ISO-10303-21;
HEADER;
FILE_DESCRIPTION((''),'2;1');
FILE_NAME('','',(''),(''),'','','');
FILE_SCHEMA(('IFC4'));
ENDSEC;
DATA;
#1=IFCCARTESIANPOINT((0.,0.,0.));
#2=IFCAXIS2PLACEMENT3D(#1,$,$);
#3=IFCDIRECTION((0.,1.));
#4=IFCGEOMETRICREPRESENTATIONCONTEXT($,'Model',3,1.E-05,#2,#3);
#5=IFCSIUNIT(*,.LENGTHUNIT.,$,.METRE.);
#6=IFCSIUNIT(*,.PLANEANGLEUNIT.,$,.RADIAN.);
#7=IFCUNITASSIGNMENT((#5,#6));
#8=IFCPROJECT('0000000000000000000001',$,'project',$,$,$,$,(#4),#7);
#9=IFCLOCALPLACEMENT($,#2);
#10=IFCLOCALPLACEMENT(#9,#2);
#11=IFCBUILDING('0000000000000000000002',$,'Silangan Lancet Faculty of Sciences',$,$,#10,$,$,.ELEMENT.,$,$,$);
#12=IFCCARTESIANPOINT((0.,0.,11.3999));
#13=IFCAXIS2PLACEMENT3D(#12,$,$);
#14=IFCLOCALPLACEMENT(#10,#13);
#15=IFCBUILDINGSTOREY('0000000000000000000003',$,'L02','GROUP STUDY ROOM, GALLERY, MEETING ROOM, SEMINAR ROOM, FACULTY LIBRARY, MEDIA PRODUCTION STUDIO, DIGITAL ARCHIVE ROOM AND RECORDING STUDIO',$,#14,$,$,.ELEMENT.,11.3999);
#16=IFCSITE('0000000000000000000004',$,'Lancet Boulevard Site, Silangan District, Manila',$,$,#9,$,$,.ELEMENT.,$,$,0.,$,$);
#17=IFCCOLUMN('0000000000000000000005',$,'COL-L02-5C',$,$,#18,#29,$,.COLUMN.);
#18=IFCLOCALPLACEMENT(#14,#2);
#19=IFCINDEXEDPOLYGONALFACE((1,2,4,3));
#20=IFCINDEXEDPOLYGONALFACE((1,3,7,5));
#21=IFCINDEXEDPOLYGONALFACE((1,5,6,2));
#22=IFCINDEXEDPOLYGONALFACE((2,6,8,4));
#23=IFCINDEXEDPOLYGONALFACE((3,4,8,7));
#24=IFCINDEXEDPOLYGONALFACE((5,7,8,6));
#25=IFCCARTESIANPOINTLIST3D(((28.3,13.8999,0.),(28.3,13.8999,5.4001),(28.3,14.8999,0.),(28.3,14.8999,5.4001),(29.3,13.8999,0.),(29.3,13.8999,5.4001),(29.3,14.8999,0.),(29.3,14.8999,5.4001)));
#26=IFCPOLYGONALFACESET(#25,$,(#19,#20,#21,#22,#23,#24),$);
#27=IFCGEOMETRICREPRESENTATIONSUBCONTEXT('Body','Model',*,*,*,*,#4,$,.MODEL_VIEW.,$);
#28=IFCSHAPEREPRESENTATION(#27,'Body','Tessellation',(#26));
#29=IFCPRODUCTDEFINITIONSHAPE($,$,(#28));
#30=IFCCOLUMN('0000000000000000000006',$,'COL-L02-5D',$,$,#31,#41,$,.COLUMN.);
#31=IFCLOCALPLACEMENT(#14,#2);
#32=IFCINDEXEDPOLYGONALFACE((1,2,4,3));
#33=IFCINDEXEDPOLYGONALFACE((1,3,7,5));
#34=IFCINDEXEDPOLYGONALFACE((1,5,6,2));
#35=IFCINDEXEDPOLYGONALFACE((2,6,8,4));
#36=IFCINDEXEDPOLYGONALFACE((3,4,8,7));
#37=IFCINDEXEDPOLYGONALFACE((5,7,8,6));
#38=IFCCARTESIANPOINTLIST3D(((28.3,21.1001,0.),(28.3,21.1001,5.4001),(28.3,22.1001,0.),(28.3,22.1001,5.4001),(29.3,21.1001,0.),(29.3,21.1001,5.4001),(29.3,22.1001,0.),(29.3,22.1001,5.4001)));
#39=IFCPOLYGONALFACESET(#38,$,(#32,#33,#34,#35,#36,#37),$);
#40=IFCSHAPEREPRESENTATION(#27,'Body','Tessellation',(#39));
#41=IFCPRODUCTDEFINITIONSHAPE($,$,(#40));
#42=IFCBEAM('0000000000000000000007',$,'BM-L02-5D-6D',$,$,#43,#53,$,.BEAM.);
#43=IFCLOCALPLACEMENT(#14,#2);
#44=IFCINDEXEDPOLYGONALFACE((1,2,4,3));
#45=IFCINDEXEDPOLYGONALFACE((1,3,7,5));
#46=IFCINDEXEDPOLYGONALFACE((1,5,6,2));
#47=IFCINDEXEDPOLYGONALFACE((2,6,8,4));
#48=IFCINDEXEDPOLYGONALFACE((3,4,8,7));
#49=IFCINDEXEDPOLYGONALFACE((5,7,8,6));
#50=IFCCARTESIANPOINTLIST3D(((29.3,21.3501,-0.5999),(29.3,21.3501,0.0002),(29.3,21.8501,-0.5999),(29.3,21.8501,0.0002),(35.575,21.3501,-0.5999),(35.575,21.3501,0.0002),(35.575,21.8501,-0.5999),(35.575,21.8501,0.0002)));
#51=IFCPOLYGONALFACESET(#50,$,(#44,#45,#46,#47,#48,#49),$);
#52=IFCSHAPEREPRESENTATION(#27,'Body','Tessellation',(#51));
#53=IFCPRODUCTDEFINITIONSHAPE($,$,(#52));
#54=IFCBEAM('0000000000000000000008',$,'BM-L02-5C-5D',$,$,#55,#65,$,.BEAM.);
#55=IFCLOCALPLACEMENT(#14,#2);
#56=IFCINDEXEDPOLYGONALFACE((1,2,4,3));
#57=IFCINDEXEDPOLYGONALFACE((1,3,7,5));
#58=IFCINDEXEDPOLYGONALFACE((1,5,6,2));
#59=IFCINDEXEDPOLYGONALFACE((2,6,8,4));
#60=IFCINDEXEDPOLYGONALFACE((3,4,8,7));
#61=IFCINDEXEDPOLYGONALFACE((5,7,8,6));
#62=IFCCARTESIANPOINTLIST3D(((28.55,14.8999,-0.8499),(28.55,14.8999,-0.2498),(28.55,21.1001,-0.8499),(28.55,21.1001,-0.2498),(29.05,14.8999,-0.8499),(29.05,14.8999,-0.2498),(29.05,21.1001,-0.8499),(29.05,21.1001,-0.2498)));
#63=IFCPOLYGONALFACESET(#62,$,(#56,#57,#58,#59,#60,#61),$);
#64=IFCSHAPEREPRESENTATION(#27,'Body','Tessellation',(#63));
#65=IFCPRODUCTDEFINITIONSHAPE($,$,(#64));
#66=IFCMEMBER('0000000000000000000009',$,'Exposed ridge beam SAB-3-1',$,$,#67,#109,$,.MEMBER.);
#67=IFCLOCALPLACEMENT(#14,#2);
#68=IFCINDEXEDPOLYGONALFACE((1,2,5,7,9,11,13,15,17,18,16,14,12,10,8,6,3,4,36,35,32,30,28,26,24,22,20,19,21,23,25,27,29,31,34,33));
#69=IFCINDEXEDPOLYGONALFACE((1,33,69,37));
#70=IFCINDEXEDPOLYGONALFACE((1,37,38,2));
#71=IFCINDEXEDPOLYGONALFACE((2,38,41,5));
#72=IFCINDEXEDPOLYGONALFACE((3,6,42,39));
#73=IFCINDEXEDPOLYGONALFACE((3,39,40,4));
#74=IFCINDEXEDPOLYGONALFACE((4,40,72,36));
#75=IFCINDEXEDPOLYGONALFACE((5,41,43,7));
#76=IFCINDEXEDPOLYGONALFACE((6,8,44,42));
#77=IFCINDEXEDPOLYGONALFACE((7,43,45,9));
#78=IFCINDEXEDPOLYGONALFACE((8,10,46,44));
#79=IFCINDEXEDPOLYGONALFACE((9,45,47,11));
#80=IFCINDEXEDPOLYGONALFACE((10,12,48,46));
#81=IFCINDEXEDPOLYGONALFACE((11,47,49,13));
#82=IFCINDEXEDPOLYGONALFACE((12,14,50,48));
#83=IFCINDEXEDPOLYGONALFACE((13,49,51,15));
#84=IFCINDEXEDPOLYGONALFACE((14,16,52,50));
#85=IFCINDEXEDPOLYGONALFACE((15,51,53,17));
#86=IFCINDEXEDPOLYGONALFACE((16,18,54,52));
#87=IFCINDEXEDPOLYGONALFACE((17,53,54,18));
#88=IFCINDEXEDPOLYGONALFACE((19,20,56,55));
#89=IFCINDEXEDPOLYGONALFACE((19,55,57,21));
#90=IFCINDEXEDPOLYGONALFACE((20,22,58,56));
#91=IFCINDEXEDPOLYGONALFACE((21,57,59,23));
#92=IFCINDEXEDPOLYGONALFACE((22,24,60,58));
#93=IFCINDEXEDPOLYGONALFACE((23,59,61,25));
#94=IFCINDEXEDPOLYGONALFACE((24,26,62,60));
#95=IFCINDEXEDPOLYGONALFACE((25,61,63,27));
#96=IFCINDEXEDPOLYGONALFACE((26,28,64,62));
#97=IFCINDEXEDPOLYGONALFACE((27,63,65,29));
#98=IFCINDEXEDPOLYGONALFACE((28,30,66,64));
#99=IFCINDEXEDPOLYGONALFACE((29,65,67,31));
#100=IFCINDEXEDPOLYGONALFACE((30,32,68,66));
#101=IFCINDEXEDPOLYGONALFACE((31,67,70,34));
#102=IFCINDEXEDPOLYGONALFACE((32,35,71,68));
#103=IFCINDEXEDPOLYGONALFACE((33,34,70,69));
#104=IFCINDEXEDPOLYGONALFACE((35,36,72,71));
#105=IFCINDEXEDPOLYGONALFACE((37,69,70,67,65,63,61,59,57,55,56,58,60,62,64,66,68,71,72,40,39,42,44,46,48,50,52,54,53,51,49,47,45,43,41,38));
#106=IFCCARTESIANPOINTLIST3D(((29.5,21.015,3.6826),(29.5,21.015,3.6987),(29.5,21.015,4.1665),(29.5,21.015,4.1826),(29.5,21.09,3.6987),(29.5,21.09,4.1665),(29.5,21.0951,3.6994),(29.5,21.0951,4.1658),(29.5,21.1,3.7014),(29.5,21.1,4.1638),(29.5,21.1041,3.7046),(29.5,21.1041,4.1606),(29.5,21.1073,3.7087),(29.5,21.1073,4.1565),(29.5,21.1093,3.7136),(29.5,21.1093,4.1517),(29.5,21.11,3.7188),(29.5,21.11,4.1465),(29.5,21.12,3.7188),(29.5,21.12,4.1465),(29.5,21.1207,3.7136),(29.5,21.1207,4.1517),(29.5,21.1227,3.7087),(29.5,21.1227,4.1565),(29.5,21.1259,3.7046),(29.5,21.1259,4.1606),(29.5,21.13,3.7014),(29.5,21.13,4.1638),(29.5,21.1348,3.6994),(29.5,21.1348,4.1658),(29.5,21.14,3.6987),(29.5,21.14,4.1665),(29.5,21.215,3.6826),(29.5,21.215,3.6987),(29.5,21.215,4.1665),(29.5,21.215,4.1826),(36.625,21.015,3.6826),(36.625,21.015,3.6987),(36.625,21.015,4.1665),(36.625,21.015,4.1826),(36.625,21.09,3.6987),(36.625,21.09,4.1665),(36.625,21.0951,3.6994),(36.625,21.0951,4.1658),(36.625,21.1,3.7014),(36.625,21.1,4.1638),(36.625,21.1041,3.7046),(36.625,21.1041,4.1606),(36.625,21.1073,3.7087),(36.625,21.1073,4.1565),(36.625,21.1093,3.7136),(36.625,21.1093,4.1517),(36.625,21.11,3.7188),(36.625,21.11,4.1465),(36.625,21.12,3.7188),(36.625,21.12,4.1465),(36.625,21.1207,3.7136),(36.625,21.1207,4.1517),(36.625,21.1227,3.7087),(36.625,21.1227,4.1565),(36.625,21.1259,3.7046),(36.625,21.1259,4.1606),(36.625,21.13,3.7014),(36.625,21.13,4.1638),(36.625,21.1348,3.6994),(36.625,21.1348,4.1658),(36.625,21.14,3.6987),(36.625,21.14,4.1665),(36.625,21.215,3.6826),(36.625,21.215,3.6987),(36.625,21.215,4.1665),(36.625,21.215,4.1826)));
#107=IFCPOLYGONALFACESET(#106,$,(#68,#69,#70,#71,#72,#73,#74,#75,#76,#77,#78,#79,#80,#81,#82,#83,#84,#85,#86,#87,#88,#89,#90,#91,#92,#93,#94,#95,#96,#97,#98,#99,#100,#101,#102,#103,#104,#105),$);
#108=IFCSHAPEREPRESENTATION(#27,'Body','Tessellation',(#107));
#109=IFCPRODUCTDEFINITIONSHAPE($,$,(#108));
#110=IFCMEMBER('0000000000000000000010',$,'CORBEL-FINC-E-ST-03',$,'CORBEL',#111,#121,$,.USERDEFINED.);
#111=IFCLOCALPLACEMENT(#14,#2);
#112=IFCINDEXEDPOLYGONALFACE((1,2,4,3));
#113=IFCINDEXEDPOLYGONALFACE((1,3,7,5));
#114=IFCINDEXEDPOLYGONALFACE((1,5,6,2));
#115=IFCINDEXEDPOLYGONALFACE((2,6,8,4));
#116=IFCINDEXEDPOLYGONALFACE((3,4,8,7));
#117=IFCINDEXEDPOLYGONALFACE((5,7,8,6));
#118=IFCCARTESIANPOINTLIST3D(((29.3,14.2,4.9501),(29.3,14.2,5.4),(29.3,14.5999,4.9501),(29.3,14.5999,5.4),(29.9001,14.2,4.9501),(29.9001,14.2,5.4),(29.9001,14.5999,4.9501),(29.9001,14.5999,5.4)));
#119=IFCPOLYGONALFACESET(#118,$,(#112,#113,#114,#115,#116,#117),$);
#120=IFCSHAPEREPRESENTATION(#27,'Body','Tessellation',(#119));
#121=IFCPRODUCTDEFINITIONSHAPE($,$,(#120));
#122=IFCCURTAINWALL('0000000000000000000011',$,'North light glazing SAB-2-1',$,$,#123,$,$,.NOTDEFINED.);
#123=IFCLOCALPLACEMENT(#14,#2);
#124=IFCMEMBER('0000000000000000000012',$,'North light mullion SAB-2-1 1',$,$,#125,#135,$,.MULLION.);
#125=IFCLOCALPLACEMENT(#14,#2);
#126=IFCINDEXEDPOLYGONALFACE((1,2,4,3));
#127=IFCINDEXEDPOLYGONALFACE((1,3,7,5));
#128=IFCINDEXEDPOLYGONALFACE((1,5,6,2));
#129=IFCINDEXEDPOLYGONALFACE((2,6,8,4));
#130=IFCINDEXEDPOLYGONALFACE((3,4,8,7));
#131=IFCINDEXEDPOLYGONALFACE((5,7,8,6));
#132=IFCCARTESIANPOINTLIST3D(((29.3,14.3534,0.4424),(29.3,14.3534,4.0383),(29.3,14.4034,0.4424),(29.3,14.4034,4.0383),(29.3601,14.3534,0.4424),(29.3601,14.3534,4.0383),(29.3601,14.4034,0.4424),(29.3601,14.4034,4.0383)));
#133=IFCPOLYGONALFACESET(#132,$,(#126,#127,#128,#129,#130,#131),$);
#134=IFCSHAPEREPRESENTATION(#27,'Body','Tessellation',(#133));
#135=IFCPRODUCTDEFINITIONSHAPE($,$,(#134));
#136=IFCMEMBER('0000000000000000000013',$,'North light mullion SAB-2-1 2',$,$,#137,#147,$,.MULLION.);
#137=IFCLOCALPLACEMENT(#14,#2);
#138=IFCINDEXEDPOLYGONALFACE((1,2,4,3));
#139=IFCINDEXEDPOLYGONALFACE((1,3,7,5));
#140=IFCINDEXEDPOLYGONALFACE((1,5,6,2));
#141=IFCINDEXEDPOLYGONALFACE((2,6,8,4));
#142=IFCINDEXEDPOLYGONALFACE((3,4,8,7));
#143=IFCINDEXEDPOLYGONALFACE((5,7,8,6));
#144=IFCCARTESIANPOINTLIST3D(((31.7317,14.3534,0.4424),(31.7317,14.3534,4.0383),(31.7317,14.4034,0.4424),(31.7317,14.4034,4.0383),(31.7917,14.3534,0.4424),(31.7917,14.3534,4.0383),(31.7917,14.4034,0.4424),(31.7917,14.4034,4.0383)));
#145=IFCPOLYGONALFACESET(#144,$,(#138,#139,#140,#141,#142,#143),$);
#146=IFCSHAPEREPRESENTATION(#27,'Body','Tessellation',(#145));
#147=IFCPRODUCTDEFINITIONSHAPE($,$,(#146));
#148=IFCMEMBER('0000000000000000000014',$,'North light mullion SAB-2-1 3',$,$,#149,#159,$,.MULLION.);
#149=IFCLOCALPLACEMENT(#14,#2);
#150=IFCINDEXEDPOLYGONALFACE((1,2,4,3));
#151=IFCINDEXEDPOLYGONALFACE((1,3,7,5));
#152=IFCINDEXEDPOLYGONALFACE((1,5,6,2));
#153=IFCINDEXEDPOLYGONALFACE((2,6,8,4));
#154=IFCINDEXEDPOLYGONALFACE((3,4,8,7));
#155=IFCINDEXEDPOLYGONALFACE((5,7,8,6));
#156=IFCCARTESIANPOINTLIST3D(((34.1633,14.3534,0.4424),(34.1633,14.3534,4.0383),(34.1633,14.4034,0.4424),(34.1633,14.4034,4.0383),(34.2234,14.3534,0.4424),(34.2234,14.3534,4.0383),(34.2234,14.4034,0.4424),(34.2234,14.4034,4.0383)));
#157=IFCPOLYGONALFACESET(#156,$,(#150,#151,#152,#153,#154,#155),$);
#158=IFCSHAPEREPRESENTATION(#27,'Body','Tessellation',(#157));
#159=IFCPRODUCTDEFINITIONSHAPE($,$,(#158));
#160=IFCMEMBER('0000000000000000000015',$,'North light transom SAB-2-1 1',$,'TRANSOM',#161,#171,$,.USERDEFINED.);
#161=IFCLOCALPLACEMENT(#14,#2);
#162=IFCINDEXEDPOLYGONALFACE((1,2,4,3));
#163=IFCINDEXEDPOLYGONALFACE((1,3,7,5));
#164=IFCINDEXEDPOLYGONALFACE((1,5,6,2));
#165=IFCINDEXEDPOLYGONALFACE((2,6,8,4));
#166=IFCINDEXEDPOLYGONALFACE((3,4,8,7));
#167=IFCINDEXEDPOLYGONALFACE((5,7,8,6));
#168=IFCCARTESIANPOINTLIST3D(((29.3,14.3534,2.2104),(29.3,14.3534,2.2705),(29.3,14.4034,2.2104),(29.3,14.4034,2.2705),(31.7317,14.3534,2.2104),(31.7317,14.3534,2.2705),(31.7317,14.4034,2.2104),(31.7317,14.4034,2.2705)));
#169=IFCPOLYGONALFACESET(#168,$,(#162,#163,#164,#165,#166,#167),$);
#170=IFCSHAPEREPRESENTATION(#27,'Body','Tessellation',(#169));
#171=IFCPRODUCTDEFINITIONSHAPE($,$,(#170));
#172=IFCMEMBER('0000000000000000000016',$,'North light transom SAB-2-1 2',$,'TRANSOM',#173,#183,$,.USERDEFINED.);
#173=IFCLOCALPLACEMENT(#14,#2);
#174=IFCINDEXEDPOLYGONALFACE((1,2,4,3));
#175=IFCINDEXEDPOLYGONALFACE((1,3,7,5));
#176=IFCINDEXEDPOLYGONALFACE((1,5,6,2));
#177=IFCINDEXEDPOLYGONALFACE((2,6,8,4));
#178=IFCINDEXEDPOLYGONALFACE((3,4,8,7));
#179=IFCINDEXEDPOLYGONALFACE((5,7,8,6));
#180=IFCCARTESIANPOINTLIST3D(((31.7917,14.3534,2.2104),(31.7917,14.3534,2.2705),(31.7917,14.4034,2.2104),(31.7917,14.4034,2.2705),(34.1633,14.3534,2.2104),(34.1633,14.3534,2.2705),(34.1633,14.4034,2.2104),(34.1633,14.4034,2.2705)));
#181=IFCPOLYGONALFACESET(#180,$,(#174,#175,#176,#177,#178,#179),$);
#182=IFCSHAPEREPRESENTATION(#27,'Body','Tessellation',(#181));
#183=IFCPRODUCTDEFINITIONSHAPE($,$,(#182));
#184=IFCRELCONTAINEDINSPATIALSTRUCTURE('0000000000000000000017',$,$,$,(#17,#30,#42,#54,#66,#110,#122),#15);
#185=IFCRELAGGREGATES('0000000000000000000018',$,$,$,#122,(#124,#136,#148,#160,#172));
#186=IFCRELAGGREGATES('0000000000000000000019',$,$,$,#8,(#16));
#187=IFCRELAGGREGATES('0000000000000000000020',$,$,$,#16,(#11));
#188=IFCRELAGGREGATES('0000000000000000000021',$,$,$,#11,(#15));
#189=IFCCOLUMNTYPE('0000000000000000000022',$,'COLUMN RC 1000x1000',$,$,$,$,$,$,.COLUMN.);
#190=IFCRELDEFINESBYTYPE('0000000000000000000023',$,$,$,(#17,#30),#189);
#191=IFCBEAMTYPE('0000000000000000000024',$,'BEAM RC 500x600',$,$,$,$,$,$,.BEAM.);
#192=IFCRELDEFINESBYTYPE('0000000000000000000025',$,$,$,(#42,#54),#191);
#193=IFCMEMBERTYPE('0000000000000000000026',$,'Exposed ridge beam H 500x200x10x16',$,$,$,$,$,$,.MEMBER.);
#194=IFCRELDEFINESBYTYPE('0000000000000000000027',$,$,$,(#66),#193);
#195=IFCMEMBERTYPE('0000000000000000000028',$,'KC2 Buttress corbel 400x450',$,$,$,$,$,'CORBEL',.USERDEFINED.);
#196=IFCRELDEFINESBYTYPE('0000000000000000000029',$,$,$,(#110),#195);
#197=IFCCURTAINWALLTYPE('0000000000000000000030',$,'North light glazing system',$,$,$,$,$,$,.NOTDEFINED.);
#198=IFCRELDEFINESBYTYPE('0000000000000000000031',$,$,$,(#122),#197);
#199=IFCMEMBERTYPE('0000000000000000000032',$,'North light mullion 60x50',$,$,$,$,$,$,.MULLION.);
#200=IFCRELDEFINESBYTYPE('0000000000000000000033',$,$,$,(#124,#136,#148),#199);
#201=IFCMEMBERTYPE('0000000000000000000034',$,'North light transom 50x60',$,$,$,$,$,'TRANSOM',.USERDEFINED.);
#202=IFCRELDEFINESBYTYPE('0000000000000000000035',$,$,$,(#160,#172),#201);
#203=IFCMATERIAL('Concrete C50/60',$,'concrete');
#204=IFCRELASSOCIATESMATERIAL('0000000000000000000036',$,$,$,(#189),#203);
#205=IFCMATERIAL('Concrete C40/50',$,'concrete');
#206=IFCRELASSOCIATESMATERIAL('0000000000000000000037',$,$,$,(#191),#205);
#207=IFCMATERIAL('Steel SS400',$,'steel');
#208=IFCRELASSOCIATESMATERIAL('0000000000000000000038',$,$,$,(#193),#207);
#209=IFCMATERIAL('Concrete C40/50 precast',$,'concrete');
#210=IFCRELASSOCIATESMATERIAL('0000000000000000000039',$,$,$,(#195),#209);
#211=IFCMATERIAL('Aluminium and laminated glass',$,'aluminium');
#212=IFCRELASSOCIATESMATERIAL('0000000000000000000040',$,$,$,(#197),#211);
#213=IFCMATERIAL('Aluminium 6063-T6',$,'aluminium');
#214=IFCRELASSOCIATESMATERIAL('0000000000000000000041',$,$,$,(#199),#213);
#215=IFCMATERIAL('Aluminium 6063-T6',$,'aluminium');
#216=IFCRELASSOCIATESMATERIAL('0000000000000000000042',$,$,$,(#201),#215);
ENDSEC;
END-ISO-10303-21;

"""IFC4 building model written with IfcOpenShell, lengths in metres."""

from ifc_helpers import new_model, si_unit, direction, frame, origin, origin_2d, place, context, subcontext, project, spatial, rectangle, i_section, extrude, material, material_profile, profile_set, type_object, element, aggregate, save


model = new_model("IFC4")

# Units and contexts
model_context = context("Model", 3, precision=1e-05, world=origin(), true_north=direction((0.0, 1.0)))
body_context = subcontext(model_context, "Body", "Model", "MODEL_VIEW")
ifc_project = project(units=[si_unit("LENGTHUNIT", "METRE"), si_unit("PLANEANGLEUNIT", "RADIAN")], contexts=[model_context])

# Site, building, storey
site_placement = place(None, origin())
site = spatial("IfcSite", under=ifc_project, at=site_placement, Name="Lancet Boulevard Site, Silangan District, Manila", CompositionType="ELEMENT", RefElevation=0.0)
building_placement = place(site_placement, origin())
building = spatial("IfcBuilding", under=site, at=building_placement, Name="Silangan Lancet Faculty of Sciences", CompositionType="ELEMENT")
storey_placement = place(building_placement, frame((0.0, 0.0, 11.3999)))
storey = spatial("IfcBuildingStorey", under=building, at=storey_placement, Name="L02", Description="GROUP STUDY ROOM, GALLERY, MEETING ROOM, SEMINAR ROOM, FACULTY LIBRARY, MEDIA PRODUCTION STUDIO, DIGITAL ARCHIVE ROOM AND RECORDING STUDIO", CompositionType="ELEMENT", Elevation=11.3999)

# Columns
ifc_material_1 = material(Name="Concrete C50/60", Category="concrete")
ifc_material_profile_1 = material_profile(ifc_material_1, rectangle(XDim=1.0, YDim=1.0, at=origin_2d()), Name="RC 1000x1000")
ifc_profile_set_1 = profile_set([ifc_material_profile_1], Name="Concrete C50/60")
column_type = type_object("IfcColumnType", Name="COLUMN RC 1000x1000", PredefinedType="COLUMN", material=ifc_profile_set_1)
for number, where, z_axis, x_axis, name in (
    (1, (28.8, 14.3999, 0.0), (0.0, 0.0, 1.0), (1.0, 0.0, 0.0), "COL-L02-5C"),
    (2, (28.8, 21.6001, 0.0), (0.0, 0.0, 1.0), (1.0, 0.0, 0.0), "COL-L02-5D"),
):
    element("IfcColumn", number, at=place(storey_placement, frame(where, z_axis=z_axis, x_axis=x_axis)), inside=storey, type_object=column_type, Name=name, PredefinedType="COLUMN", context=body_context, shape_type="SweptSolid", body=[
        extrude(rectangle(XDim=1.0, YDim=1.0, at=origin_2d()), origin(), (0.0, 0.0, 1.0), 5.4001),
    ])

# Beams
ifc_material_2 = material(Name="Concrete C40/50", Category="concrete")
ifc_material_profile_2 = material_profile(ifc_material_2, rectangle(XDim=0.5, YDim=0.6001, at=origin_2d()), Name="RC 500x600")
ifc_profile_set_2 = profile_set([ifc_material_profile_2], Name="Concrete C40/50")
beam_type = type_object("IfcBeamType", Name="BEAM RC 500x600", PredefinedType="BEAM", material=ifc_profile_set_2)
beam_1_placement = place(storey_placement, frame((29.3, 21.6001, -0.2998), z_axis=(1.0, 0.0, 0.0), x_axis=(0.0, 1.0, 0.0)))
element("IfcBeam", 3, at=beam_1_placement, inside=storey, type_object=beam_type, Name="BM-L02-5D-6D", PredefinedType="BEAM", context=body_context, shape_type="SweptSolid", body=[
    extrude(rectangle(XDim=0.5, YDim=0.6001, at=origin_2d()), origin(), (0.0, 0.0, 1.0), 6.2749),
])
beam_2_placement = place(storey_placement, frame((28.8, 14.8999, -0.5498), z_axis=(0.0, 1.0, 0.0), x_axis=(-1.0, 0.0, 0.0)))
element("IfcBeam", 4, at=beam_2_placement, inside=storey, type_object=beam_type, Name="BM-L02-5C-5D", PredefinedType="BEAM", context=body_context, shape_type="SweptSolid", body=[
    extrude(rectangle(XDim=0.5, YDim=0.6001, at=origin_2d()), origin(), (0.0, 0.0, 1.0), 6.2002),
])

# Members
ifc_material_3 = material(Name="Steel SS400", Category="steel")
ifc_material_profile_3 = material_profile(ifc_material_3, i_section(OverallWidth=0.2, OverallDepth=0.5, WebThickness=0.01, FlangeThickness=0.0161, FilletRadius=0.02, at=origin_2d()), Name="H 500x200x10x16")
ifc_profile_set_3 = profile_set([ifc_material_profile_3], Name="Steel SS400")
member_type_1 = type_object("IfcMemberType", Name="Exposed ridge beam H 500x200x10x16", PredefinedType="MEMBER", material=ifc_profile_set_3)
member_1_placement = place(storey_placement, frame((29.5, 21.115, 3.9326), z_axis=(1.0, 0.0, 0.0), x_axis=(0.0, 1.0, 0.0)))
element("IfcMember", 5, at=member_1_placement, inside=storey, type_object=member_type_1, Name="Exposed ridge beam SAB-3-1", PredefinedType="MEMBER", context=body_context, shape_type="SweptSolid", body=[
    extrude(i_section(OverallWidth=0.2, OverallDepth=0.5, WebThickness=0.01, FlangeThickness=0.0161, FilletRadius=0.02, at=origin_2d()), origin(), (0.0, 0.0, 1.0), 7.125),
])
ifc_material_4 = material(Name="Concrete C40/50 precast", Category="concrete")
ifc_material_profile_4 = material_profile(ifc_material_4, rectangle(XDim=0.3999, YDim=0.45, at=origin_2d()), Name="RC 400x450")
ifc_profile_set_4 = profile_set([ifc_material_profile_4], Name="Concrete C40/50 precast")
member_type_2 = type_object("IfcMemberType", Name="KC2 Buttress corbel 400x450", ElementType="CORBEL", PredefinedType="USERDEFINED", material=ifc_profile_set_4)
member_2_placement = place(storey_placement, frame((29.3, 14.3999, 5.175), z_axis=(1.0, 0.0, 0.0), x_axis=(0.0, 1.0, 0.0)))
element("IfcMember", 6, at=member_2_placement, inside=storey, type_object=member_type_2, Name="CORBEL-FINC-E-ST-03", ObjectType="CORBEL", PredefinedType="USERDEFINED", context=body_context, shape_type="SweptSolid", body=[
    extrude(rectangle(XDim=0.3999, YDim=0.45, at=origin_2d()), origin(), (0.0, 0.0, 1.0), 0.6001),
])

# Curtain wall, members
ifc_material_5 = material(Name="Aluminium and laminated glass", Category="aluminium")
curtain_wall_type = type_object("IfcCurtainWallType", Name="North light glazing system", PredefinedType="NOTDEFINED", material=ifc_material_5)
curtain_wall_placement = place(storey_placement, origin())
curtain_wall = element("IfcCurtainWall", 7, at=curtain_wall_placement, inside=storey, type_object=curtain_wall_type, Name="North light glazing SAB-2-1", PredefinedType="NOTDEFINED")
ifc_material_6 = material(Name="Aluminium 6063-T6", Category="aluminium")
ifc_material_profile_5 = material_profile(ifc_material_6, rectangle(XDim=0.0601, YDim=0.05, at=origin_2d()), Name="AL 60x50")
ifc_profile_set_5 = profile_set([ifc_material_profile_5], Name="Aluminium 6063-T6")
member_type_3 = type_object("IfcMemberType", Name="North light mullion 60x50", PredefinedType="MULLION", material=ifc_profile_set_5)
member_3_placement = place(storey_placement, frame((29.3301, 14.3784, 0.4424), z_axis=(0.0, 0.0, 1.0), x_axis=(1.0, 0.0, 0.0)))
member_3 = element("IfcMember", 8, at=member_3_placement, type_object=member_type_3, Name="North light mullion SAB-2-1 1", PredefinedType="MULLION", context=body_context, shape_type="SweptSolid", body=[
    extrude(rectangle(XDim=0.0601, YDim=0.05, at=origin_2d()), origin(), (0.0, 0.0, 1.0), 3.5959),
])
member_4_placement = place(storey_placement, frame((31.7617, 14.3784, 0.4424), z_axis=(0.0, 0.0, 1.0), x_axis=(1.0, 0.0, 0.0)))
member_4 = element("IfcMember", 9, at=member_4_placement, type_object=member_type_3, Name="North light mullion SAB-2-1 2", PredefinedType="MULLION", context=body_context, shape_type="SweptSolid", body=[
    extrude(rectangle(XDim=0.0601, YDim=0.05, at=origin_2d()), origin(), (0.0, 0.0, 1.0), 3.5959),
])
member_5_placement = place(storey_placement, frame((34.1934, 14.3784, 0.4424), z_axis=(0.0, 0.0, 1.0), x_axis=(1.0, 0.0, 0.0)))
member_5 = element("IfcMember", 10, at=member_5_placement, type_object=member_type_3, Name="North light mullion SAB-2-1 3", PredefinedType="MULLION", context=body_context, shape_type="SweptSolid", body=[
    extrude(rectangle(XDim=0.0601, YDim=0.05, at=origin_2d()), origin(), (0.0, 0.0, 1.0), 3.5959),
])
ifc_material_7 = material(Name="Aluminium 6063-T6", Category="aluminium")
ifc_material_profile_6 = material_profile(ifc_material_7, rectangle(XDim=0.05, YDim=0.0601, at=origin_2d()), Name="AL 50x60")
ifc_profile_set_6 = profile_set([ifc_material_profile_6], Name="Aluminium 6063-T6")
member_type_4 = type_object("IfcMemberType", Name="North light transom 50x60", ElementType="TRANSOM", PredefinedType="USERDEFINED", material=ifc_profile_set_6)
member_6_placement = place(storey_placement, frame((29.3, 14.3784, 2.2405), z_axis=(1.0, 0.0, 0.0), x_axis=(0.0, 1.0, 0.0)))
member_6 = element("IfcMember", 11, at=member_6_placement, type_object=member_type_4, Name="North light transom SAB-2-1 1", ObjectType="TRANSOM", PredefinedType="USERDEFINED", context=body_context, shape_type="SweptSolid", body=[
    extrude(rectangle(XDim=0.05, YDim=0.0601, at=origin_2d()), origin(), (0.0, 0.0, 1.0), 2.4316),
])
member_7_placement = place(storey_placement, frame((31.7917, 14.3784, 2.2405), z_axis=(1.0, 0.0, 0.0), x_axis=(0.0, 1.0, 0.0)))
member_7 = element("IfcMember", 12, at=member_7_placement, type_object=member_type_4, Name="North light transom SAB-2-1 2", ObjectType="TRANSOM", PredefinedType="USERDEFINED", context=body_context, shape_type="SweptSolid", body=[
    extrude(rectangle(XDim=0.05, YDim=0.0601, at=origin_2d()), origin(), (0.0, 0.0, 1.0), 2.3716),
])

aggregate(curtain_wall, [member_3, member_4, member_5, member_6, member_7])

save(model, "model.ifc")
